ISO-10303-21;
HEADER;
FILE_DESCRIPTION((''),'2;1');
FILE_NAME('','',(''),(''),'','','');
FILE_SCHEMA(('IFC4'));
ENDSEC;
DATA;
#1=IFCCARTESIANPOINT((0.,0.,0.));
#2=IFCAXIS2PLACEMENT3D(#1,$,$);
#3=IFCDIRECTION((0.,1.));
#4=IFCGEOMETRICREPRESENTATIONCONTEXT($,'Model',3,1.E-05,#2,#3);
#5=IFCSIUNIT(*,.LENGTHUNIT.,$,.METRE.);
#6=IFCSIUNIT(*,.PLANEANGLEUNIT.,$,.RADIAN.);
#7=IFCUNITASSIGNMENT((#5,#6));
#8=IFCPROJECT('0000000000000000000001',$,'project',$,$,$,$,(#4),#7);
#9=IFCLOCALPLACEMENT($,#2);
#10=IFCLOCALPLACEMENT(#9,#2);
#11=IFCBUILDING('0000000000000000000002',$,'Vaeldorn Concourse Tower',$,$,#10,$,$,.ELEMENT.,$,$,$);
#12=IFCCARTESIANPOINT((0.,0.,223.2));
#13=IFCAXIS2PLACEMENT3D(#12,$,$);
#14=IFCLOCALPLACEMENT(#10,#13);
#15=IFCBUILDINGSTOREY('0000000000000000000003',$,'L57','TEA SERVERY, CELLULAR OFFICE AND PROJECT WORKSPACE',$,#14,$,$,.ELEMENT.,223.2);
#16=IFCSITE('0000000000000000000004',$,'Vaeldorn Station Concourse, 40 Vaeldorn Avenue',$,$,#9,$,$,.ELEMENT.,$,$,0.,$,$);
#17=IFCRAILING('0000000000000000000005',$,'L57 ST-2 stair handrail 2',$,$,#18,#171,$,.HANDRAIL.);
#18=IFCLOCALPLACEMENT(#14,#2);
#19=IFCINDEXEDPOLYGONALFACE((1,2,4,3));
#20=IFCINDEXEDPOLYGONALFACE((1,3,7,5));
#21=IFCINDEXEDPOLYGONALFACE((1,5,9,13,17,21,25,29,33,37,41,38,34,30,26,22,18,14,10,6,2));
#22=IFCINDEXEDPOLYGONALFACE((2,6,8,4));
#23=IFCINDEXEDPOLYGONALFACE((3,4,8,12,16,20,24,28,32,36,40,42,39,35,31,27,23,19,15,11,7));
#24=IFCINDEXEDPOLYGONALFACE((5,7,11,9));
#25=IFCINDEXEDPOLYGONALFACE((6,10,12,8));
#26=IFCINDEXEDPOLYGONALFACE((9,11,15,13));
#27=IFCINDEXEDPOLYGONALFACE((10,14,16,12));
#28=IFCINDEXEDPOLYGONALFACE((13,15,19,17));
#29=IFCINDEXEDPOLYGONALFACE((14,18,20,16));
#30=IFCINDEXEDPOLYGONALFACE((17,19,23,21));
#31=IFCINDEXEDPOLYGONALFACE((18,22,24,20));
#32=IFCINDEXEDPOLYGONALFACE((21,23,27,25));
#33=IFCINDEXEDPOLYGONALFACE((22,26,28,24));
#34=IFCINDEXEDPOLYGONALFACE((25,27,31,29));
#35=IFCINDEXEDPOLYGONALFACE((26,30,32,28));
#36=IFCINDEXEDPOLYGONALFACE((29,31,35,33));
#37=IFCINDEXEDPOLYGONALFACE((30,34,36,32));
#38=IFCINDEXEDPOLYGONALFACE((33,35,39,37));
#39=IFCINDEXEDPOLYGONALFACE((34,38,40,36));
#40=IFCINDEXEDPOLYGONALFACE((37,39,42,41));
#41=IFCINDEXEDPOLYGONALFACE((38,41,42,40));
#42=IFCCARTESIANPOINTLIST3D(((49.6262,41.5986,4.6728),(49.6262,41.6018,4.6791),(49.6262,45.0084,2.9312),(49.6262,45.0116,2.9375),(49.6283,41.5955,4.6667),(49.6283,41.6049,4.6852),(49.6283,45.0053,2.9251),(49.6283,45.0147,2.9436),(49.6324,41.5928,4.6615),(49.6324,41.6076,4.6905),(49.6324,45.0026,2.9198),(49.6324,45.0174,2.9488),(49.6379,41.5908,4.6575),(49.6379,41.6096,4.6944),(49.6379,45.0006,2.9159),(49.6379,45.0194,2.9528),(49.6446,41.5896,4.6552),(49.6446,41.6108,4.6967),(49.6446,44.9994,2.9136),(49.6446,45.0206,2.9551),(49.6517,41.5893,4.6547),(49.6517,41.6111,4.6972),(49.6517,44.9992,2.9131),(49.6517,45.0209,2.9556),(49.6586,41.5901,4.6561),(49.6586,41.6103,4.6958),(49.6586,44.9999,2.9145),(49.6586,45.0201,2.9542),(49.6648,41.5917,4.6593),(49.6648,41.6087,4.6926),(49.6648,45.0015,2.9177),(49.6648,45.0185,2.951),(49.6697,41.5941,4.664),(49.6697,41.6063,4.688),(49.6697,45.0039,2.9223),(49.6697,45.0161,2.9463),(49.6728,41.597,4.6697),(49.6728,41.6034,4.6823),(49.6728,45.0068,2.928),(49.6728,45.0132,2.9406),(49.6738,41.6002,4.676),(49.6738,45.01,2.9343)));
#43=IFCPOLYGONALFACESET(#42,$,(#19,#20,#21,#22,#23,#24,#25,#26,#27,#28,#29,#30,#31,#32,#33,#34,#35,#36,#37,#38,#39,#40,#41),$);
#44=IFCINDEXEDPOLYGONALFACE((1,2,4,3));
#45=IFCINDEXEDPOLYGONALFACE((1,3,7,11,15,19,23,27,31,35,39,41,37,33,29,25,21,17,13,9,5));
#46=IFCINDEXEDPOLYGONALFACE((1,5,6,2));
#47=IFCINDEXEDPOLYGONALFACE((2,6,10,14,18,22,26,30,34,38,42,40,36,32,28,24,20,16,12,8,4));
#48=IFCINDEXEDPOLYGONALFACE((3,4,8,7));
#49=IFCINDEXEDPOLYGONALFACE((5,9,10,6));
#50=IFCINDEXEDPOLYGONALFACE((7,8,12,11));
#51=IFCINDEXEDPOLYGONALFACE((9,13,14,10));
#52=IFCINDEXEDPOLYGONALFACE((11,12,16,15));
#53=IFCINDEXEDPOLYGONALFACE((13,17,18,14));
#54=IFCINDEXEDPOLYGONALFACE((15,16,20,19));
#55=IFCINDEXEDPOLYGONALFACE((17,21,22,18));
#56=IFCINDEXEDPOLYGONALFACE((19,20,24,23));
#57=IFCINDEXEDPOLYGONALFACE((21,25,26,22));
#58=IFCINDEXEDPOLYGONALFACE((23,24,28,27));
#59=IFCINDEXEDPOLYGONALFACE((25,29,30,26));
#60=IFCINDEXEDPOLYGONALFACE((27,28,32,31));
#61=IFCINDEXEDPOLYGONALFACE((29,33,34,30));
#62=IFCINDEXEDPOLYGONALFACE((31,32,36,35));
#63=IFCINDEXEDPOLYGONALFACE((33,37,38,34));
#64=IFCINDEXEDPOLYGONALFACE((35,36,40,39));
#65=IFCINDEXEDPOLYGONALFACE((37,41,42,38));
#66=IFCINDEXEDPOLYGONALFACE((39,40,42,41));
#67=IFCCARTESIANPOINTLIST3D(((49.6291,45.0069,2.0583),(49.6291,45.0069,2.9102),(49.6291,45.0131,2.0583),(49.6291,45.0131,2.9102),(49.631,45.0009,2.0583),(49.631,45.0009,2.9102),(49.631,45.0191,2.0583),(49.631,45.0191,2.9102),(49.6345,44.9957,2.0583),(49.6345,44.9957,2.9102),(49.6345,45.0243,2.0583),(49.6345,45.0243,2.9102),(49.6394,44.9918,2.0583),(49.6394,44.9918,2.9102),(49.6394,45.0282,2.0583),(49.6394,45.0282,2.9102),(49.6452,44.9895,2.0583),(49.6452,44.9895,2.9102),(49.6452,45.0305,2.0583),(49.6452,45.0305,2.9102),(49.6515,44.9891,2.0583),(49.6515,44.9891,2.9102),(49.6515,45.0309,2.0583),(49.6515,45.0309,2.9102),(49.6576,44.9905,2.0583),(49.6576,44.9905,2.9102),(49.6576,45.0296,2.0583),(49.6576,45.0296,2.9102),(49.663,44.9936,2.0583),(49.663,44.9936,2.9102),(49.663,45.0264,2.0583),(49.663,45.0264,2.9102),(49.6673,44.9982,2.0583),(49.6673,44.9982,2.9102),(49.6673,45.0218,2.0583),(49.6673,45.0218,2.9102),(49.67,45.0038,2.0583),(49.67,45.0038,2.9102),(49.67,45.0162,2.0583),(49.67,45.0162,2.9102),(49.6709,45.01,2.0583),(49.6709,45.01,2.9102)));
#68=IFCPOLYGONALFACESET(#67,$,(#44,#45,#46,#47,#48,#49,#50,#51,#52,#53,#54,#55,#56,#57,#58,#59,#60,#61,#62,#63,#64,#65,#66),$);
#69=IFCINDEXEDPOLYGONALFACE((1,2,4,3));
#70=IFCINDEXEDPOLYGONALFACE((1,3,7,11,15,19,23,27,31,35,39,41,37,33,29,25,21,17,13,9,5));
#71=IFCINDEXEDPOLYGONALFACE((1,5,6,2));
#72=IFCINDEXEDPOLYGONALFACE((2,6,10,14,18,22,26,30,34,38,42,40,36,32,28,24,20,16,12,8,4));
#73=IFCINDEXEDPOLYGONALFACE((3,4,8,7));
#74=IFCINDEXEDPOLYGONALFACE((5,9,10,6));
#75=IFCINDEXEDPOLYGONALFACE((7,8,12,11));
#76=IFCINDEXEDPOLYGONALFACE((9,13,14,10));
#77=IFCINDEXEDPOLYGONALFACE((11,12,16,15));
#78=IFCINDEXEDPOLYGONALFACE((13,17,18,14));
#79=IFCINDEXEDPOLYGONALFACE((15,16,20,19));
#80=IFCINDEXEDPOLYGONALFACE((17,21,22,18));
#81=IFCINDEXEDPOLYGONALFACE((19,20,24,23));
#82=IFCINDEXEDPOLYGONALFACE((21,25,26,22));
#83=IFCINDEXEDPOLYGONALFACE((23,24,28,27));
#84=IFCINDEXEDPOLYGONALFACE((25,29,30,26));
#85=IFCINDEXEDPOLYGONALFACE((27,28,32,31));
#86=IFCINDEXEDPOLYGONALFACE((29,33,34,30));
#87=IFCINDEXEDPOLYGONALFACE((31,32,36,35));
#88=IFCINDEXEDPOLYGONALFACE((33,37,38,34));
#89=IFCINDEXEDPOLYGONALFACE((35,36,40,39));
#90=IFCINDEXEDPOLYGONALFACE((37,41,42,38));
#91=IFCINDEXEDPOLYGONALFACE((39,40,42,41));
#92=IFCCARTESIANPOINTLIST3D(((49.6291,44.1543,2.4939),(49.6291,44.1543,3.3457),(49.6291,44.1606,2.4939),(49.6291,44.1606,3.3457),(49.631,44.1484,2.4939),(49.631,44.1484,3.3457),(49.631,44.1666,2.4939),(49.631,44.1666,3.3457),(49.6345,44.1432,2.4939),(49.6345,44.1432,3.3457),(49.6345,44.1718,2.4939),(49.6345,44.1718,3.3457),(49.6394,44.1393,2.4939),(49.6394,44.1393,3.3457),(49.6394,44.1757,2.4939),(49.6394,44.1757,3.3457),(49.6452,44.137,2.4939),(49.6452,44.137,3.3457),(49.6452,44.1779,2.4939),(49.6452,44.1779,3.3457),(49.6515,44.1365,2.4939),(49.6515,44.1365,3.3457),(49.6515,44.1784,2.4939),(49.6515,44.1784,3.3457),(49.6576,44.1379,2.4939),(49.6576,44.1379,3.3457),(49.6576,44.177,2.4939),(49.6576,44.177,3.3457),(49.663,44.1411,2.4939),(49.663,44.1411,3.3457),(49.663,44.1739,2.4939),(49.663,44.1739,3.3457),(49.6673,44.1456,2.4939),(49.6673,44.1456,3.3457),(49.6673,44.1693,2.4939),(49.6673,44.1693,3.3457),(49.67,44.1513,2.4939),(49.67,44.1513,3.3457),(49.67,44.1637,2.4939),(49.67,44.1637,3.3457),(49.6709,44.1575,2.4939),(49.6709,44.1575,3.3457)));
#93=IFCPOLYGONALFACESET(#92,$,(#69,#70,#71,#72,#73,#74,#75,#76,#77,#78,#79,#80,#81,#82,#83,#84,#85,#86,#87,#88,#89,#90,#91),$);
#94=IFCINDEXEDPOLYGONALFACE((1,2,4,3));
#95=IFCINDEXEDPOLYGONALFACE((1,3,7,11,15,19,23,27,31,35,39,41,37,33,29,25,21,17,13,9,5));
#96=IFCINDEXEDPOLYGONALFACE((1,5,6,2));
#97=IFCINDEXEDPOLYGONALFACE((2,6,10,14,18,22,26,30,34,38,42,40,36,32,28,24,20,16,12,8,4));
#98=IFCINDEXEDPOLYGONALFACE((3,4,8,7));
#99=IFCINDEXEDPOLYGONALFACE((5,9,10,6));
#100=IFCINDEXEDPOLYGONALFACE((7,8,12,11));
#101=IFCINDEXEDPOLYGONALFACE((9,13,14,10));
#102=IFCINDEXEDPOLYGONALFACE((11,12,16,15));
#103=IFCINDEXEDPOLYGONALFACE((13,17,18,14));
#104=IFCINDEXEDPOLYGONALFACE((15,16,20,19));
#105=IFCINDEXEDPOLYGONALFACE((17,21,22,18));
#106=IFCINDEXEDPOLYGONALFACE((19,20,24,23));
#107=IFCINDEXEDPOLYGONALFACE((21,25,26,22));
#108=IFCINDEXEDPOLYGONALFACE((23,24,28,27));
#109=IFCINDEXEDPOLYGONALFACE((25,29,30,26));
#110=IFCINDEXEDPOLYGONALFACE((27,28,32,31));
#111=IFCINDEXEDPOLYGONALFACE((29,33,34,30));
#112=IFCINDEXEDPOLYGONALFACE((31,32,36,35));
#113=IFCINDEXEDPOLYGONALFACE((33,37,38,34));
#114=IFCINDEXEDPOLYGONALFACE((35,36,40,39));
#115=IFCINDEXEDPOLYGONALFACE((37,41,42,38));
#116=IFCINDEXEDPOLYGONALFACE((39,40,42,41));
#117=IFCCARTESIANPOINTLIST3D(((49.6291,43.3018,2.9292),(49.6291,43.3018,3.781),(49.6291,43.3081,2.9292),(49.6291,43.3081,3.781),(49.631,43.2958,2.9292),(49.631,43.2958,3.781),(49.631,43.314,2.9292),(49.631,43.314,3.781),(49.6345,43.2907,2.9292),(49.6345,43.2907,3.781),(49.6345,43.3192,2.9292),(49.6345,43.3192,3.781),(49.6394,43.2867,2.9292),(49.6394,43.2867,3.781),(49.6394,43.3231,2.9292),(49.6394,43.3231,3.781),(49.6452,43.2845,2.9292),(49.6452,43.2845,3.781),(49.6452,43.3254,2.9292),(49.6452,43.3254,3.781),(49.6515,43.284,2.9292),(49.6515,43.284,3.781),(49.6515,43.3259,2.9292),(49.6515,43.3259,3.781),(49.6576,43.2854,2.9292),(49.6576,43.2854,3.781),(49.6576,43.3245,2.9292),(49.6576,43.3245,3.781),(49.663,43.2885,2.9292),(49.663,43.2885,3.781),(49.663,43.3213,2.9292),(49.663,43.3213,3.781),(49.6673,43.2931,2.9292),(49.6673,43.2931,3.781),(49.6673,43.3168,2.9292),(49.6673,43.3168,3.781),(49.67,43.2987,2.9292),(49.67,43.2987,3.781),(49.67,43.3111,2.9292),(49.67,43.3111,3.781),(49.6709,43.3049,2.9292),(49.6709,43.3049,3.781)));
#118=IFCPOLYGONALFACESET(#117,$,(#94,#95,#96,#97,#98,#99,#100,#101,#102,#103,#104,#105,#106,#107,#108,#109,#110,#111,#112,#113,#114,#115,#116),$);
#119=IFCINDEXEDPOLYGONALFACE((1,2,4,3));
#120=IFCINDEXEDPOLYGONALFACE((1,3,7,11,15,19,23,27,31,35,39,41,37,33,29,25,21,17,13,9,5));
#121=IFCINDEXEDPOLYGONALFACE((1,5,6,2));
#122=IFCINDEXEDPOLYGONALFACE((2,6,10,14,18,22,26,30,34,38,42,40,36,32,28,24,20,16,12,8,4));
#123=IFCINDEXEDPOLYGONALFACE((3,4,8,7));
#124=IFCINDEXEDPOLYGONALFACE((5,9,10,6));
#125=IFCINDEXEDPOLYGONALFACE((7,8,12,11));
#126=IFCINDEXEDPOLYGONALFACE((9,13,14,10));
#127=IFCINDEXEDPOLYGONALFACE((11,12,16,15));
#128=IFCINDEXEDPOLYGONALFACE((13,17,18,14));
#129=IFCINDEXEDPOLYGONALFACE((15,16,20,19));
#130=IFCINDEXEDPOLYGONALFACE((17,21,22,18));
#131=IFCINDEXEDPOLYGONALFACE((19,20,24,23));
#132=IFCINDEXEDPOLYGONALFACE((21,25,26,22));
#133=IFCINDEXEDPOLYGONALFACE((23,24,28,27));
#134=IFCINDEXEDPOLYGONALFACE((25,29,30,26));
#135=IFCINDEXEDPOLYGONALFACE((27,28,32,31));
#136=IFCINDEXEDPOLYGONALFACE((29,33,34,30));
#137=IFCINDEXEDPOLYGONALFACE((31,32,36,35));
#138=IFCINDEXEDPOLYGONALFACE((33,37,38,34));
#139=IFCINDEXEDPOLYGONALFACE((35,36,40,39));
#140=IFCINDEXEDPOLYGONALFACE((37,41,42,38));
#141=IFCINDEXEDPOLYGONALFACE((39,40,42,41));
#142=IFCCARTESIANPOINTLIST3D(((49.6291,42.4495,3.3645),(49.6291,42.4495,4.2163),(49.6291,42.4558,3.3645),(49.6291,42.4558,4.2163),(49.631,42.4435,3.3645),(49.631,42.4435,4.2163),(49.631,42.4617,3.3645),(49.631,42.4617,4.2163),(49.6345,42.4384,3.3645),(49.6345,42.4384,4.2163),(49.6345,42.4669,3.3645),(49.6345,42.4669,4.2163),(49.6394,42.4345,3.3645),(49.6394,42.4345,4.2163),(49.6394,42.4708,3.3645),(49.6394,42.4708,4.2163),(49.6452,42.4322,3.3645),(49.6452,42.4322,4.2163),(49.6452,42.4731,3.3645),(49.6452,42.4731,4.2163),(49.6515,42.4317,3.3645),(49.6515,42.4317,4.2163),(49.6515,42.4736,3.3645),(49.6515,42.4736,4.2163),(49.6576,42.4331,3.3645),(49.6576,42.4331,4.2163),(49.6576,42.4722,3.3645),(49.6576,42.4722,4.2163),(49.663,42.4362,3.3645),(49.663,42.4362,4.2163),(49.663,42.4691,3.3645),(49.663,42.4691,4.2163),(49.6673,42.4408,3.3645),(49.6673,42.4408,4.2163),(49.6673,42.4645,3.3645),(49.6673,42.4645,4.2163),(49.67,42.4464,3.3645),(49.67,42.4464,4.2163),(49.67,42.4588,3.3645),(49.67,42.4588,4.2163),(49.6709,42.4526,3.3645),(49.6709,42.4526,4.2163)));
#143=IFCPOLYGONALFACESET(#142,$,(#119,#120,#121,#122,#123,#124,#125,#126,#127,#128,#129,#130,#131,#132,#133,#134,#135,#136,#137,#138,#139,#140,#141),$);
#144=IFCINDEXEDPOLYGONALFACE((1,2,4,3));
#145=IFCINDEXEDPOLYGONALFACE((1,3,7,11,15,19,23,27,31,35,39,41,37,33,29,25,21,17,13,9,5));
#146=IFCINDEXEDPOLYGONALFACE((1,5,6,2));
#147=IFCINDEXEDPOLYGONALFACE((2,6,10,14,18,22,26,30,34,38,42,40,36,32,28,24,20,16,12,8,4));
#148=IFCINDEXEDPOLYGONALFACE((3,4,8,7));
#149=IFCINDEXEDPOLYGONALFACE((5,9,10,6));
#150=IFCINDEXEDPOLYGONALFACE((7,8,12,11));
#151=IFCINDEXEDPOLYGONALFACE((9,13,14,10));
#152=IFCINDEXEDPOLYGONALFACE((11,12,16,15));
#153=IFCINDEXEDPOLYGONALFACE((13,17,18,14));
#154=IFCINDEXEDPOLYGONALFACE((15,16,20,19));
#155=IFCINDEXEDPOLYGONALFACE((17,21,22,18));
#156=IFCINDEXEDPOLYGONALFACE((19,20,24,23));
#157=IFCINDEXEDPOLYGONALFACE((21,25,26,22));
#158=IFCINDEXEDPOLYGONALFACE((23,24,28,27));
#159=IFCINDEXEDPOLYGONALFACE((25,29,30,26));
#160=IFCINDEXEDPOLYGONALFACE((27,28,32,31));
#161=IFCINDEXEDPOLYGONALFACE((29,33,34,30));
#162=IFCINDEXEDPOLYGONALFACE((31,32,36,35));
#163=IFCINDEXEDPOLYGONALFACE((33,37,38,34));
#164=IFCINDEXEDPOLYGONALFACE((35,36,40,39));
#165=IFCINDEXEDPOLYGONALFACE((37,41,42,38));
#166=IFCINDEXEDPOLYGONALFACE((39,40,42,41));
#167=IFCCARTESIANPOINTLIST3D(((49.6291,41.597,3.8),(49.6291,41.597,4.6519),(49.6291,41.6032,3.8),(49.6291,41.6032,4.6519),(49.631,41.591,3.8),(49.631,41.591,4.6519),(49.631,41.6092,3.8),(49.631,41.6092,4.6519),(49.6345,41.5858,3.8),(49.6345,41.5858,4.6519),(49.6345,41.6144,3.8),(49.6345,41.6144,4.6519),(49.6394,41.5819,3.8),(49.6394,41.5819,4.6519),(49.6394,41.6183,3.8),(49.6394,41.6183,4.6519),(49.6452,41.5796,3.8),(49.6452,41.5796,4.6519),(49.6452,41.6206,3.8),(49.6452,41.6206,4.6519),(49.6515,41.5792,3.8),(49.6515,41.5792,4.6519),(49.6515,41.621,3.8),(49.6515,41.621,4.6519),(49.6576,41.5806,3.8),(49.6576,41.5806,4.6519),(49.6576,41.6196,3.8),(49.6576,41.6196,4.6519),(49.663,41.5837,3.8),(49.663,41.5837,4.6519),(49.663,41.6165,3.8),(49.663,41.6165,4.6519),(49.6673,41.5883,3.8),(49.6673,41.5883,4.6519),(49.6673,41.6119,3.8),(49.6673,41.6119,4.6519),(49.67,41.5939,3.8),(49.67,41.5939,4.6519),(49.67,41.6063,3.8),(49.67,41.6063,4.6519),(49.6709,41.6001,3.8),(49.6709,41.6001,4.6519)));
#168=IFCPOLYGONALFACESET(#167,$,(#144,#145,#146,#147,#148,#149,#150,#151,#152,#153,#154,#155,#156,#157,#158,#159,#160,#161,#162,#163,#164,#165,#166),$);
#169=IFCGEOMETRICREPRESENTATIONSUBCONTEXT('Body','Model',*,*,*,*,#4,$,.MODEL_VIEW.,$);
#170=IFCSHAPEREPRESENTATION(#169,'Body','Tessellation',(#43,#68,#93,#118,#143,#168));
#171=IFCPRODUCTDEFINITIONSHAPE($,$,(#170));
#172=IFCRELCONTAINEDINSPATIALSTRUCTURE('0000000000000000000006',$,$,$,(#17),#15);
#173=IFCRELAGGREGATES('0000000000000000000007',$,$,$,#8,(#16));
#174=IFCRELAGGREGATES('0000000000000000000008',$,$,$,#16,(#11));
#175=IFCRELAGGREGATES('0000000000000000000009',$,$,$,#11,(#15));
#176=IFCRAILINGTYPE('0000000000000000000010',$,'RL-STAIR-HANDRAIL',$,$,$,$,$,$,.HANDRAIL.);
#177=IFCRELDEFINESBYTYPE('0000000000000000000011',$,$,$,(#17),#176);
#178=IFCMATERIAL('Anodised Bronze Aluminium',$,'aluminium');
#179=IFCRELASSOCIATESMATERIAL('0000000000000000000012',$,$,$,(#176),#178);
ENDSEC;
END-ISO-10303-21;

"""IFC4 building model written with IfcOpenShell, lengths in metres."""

from ifc_helpers import new_model, si_unit, direction, frame, origin, origin_2d, place, context, subcontext, project, spatial, circle, extrude, material, type_object, element, save


model = new_model("IFC4")

# Units and contexts
model_context = context("Model", 3, precision=1e-05, world=origin(), true_north=direction((0.0, 1.0)))
body_context = subcontext(model_context, "Body", "Model", "MODEL_VIEW")
ifc_project = project(units=[si_unit("LENGTHUNIT", "METRE"), si_unit("PLANEANGLEUNIT", "RADIAN")], contexts=[model_context])

# Site, building, storey
site_placement = place(None, origin())
site = spatial("IfcSite", under=ifc_project, at=site_placement, Name="Vaeldorn Station Concourse, 40 Vaeldorn Avenue", CompositionType="ELEMENT", RefElevation=0.0)
building_placement = place(site_placement, origin())
building = spatial("IfcBuilding", under=site, at=building_placement, Name="Vaeldorn Concourse Tower", CompositionType="ELEMENT")
storey_placement = place(building_placement, frame((0.0, 0.0, 223.2)))
storey = spatial("IfcBuildingStorey", under=building, at=storey_placement, Name="L57", Description="TEA SERVERY, CELLULAR OFFICE AND PROJECT WORKSPACE", CompositionType="ELEMENT", Elevation=223.2)

# Shared definitions
ifc_material_1 = material(Name="Anodised Bronze Aluminium", Category="aluminium")

# Railing
railing_type = type_object("IfcRailingType", Name="RL-STAIR-HANDRAIL", PredefinedType="HANDRAIL", material=ifc_material_1)
railing_placement = place(storey_placement, frame((49.6499, 45.01, 2.0583)))
element("IfcRailing", 1, at=railing_placement, inside=storey, type_object=railing_type, Name="L57 ST-2 stair handrail 2", PredefinedType="HANDRAIL", context=body_context, shape_type="SweptSolid", body=[
    extrude(circle(Radius=0.0239, at=origin_2d()), frame((0.0, 0.0, 0.876), z_axis=(0.0, -0.890556, 0.454874), x_axis=(1.0, 0.0, 0.0)), (0.0, 0.0, 1.0), 3.8289),
    extrude(circle(Radius=0.021, at=origin_2d()), origin(), (0.0, 0.0, 1.0), 0.8518),
    extrude(circle(Radius=0.021, at=origin_2d()), frame((0.0, -0.8525, 0.4355)), (0.0, 0.0, 1.0), 0.8518),
    extrude(circle(Radius=0.021, at=origin_2d()), frame((0.0, -1.7051, 0.8708)), (0.0, 0.0, 1.0), 0.8518),
    extrude(circle(Radius=0.021, at=origin_2d()), frame((0.0, -2.5574, 1.3062)), (0.0, 0.0, 1.0), 0.8518),
    extrude(circle(Radius=0.021, at=origin_2d()), frame((0.0, -3.4099, 1.7417)), (0.0, 0.0, 1.0), 0.8518),
])

save(model, "model.ifc")
